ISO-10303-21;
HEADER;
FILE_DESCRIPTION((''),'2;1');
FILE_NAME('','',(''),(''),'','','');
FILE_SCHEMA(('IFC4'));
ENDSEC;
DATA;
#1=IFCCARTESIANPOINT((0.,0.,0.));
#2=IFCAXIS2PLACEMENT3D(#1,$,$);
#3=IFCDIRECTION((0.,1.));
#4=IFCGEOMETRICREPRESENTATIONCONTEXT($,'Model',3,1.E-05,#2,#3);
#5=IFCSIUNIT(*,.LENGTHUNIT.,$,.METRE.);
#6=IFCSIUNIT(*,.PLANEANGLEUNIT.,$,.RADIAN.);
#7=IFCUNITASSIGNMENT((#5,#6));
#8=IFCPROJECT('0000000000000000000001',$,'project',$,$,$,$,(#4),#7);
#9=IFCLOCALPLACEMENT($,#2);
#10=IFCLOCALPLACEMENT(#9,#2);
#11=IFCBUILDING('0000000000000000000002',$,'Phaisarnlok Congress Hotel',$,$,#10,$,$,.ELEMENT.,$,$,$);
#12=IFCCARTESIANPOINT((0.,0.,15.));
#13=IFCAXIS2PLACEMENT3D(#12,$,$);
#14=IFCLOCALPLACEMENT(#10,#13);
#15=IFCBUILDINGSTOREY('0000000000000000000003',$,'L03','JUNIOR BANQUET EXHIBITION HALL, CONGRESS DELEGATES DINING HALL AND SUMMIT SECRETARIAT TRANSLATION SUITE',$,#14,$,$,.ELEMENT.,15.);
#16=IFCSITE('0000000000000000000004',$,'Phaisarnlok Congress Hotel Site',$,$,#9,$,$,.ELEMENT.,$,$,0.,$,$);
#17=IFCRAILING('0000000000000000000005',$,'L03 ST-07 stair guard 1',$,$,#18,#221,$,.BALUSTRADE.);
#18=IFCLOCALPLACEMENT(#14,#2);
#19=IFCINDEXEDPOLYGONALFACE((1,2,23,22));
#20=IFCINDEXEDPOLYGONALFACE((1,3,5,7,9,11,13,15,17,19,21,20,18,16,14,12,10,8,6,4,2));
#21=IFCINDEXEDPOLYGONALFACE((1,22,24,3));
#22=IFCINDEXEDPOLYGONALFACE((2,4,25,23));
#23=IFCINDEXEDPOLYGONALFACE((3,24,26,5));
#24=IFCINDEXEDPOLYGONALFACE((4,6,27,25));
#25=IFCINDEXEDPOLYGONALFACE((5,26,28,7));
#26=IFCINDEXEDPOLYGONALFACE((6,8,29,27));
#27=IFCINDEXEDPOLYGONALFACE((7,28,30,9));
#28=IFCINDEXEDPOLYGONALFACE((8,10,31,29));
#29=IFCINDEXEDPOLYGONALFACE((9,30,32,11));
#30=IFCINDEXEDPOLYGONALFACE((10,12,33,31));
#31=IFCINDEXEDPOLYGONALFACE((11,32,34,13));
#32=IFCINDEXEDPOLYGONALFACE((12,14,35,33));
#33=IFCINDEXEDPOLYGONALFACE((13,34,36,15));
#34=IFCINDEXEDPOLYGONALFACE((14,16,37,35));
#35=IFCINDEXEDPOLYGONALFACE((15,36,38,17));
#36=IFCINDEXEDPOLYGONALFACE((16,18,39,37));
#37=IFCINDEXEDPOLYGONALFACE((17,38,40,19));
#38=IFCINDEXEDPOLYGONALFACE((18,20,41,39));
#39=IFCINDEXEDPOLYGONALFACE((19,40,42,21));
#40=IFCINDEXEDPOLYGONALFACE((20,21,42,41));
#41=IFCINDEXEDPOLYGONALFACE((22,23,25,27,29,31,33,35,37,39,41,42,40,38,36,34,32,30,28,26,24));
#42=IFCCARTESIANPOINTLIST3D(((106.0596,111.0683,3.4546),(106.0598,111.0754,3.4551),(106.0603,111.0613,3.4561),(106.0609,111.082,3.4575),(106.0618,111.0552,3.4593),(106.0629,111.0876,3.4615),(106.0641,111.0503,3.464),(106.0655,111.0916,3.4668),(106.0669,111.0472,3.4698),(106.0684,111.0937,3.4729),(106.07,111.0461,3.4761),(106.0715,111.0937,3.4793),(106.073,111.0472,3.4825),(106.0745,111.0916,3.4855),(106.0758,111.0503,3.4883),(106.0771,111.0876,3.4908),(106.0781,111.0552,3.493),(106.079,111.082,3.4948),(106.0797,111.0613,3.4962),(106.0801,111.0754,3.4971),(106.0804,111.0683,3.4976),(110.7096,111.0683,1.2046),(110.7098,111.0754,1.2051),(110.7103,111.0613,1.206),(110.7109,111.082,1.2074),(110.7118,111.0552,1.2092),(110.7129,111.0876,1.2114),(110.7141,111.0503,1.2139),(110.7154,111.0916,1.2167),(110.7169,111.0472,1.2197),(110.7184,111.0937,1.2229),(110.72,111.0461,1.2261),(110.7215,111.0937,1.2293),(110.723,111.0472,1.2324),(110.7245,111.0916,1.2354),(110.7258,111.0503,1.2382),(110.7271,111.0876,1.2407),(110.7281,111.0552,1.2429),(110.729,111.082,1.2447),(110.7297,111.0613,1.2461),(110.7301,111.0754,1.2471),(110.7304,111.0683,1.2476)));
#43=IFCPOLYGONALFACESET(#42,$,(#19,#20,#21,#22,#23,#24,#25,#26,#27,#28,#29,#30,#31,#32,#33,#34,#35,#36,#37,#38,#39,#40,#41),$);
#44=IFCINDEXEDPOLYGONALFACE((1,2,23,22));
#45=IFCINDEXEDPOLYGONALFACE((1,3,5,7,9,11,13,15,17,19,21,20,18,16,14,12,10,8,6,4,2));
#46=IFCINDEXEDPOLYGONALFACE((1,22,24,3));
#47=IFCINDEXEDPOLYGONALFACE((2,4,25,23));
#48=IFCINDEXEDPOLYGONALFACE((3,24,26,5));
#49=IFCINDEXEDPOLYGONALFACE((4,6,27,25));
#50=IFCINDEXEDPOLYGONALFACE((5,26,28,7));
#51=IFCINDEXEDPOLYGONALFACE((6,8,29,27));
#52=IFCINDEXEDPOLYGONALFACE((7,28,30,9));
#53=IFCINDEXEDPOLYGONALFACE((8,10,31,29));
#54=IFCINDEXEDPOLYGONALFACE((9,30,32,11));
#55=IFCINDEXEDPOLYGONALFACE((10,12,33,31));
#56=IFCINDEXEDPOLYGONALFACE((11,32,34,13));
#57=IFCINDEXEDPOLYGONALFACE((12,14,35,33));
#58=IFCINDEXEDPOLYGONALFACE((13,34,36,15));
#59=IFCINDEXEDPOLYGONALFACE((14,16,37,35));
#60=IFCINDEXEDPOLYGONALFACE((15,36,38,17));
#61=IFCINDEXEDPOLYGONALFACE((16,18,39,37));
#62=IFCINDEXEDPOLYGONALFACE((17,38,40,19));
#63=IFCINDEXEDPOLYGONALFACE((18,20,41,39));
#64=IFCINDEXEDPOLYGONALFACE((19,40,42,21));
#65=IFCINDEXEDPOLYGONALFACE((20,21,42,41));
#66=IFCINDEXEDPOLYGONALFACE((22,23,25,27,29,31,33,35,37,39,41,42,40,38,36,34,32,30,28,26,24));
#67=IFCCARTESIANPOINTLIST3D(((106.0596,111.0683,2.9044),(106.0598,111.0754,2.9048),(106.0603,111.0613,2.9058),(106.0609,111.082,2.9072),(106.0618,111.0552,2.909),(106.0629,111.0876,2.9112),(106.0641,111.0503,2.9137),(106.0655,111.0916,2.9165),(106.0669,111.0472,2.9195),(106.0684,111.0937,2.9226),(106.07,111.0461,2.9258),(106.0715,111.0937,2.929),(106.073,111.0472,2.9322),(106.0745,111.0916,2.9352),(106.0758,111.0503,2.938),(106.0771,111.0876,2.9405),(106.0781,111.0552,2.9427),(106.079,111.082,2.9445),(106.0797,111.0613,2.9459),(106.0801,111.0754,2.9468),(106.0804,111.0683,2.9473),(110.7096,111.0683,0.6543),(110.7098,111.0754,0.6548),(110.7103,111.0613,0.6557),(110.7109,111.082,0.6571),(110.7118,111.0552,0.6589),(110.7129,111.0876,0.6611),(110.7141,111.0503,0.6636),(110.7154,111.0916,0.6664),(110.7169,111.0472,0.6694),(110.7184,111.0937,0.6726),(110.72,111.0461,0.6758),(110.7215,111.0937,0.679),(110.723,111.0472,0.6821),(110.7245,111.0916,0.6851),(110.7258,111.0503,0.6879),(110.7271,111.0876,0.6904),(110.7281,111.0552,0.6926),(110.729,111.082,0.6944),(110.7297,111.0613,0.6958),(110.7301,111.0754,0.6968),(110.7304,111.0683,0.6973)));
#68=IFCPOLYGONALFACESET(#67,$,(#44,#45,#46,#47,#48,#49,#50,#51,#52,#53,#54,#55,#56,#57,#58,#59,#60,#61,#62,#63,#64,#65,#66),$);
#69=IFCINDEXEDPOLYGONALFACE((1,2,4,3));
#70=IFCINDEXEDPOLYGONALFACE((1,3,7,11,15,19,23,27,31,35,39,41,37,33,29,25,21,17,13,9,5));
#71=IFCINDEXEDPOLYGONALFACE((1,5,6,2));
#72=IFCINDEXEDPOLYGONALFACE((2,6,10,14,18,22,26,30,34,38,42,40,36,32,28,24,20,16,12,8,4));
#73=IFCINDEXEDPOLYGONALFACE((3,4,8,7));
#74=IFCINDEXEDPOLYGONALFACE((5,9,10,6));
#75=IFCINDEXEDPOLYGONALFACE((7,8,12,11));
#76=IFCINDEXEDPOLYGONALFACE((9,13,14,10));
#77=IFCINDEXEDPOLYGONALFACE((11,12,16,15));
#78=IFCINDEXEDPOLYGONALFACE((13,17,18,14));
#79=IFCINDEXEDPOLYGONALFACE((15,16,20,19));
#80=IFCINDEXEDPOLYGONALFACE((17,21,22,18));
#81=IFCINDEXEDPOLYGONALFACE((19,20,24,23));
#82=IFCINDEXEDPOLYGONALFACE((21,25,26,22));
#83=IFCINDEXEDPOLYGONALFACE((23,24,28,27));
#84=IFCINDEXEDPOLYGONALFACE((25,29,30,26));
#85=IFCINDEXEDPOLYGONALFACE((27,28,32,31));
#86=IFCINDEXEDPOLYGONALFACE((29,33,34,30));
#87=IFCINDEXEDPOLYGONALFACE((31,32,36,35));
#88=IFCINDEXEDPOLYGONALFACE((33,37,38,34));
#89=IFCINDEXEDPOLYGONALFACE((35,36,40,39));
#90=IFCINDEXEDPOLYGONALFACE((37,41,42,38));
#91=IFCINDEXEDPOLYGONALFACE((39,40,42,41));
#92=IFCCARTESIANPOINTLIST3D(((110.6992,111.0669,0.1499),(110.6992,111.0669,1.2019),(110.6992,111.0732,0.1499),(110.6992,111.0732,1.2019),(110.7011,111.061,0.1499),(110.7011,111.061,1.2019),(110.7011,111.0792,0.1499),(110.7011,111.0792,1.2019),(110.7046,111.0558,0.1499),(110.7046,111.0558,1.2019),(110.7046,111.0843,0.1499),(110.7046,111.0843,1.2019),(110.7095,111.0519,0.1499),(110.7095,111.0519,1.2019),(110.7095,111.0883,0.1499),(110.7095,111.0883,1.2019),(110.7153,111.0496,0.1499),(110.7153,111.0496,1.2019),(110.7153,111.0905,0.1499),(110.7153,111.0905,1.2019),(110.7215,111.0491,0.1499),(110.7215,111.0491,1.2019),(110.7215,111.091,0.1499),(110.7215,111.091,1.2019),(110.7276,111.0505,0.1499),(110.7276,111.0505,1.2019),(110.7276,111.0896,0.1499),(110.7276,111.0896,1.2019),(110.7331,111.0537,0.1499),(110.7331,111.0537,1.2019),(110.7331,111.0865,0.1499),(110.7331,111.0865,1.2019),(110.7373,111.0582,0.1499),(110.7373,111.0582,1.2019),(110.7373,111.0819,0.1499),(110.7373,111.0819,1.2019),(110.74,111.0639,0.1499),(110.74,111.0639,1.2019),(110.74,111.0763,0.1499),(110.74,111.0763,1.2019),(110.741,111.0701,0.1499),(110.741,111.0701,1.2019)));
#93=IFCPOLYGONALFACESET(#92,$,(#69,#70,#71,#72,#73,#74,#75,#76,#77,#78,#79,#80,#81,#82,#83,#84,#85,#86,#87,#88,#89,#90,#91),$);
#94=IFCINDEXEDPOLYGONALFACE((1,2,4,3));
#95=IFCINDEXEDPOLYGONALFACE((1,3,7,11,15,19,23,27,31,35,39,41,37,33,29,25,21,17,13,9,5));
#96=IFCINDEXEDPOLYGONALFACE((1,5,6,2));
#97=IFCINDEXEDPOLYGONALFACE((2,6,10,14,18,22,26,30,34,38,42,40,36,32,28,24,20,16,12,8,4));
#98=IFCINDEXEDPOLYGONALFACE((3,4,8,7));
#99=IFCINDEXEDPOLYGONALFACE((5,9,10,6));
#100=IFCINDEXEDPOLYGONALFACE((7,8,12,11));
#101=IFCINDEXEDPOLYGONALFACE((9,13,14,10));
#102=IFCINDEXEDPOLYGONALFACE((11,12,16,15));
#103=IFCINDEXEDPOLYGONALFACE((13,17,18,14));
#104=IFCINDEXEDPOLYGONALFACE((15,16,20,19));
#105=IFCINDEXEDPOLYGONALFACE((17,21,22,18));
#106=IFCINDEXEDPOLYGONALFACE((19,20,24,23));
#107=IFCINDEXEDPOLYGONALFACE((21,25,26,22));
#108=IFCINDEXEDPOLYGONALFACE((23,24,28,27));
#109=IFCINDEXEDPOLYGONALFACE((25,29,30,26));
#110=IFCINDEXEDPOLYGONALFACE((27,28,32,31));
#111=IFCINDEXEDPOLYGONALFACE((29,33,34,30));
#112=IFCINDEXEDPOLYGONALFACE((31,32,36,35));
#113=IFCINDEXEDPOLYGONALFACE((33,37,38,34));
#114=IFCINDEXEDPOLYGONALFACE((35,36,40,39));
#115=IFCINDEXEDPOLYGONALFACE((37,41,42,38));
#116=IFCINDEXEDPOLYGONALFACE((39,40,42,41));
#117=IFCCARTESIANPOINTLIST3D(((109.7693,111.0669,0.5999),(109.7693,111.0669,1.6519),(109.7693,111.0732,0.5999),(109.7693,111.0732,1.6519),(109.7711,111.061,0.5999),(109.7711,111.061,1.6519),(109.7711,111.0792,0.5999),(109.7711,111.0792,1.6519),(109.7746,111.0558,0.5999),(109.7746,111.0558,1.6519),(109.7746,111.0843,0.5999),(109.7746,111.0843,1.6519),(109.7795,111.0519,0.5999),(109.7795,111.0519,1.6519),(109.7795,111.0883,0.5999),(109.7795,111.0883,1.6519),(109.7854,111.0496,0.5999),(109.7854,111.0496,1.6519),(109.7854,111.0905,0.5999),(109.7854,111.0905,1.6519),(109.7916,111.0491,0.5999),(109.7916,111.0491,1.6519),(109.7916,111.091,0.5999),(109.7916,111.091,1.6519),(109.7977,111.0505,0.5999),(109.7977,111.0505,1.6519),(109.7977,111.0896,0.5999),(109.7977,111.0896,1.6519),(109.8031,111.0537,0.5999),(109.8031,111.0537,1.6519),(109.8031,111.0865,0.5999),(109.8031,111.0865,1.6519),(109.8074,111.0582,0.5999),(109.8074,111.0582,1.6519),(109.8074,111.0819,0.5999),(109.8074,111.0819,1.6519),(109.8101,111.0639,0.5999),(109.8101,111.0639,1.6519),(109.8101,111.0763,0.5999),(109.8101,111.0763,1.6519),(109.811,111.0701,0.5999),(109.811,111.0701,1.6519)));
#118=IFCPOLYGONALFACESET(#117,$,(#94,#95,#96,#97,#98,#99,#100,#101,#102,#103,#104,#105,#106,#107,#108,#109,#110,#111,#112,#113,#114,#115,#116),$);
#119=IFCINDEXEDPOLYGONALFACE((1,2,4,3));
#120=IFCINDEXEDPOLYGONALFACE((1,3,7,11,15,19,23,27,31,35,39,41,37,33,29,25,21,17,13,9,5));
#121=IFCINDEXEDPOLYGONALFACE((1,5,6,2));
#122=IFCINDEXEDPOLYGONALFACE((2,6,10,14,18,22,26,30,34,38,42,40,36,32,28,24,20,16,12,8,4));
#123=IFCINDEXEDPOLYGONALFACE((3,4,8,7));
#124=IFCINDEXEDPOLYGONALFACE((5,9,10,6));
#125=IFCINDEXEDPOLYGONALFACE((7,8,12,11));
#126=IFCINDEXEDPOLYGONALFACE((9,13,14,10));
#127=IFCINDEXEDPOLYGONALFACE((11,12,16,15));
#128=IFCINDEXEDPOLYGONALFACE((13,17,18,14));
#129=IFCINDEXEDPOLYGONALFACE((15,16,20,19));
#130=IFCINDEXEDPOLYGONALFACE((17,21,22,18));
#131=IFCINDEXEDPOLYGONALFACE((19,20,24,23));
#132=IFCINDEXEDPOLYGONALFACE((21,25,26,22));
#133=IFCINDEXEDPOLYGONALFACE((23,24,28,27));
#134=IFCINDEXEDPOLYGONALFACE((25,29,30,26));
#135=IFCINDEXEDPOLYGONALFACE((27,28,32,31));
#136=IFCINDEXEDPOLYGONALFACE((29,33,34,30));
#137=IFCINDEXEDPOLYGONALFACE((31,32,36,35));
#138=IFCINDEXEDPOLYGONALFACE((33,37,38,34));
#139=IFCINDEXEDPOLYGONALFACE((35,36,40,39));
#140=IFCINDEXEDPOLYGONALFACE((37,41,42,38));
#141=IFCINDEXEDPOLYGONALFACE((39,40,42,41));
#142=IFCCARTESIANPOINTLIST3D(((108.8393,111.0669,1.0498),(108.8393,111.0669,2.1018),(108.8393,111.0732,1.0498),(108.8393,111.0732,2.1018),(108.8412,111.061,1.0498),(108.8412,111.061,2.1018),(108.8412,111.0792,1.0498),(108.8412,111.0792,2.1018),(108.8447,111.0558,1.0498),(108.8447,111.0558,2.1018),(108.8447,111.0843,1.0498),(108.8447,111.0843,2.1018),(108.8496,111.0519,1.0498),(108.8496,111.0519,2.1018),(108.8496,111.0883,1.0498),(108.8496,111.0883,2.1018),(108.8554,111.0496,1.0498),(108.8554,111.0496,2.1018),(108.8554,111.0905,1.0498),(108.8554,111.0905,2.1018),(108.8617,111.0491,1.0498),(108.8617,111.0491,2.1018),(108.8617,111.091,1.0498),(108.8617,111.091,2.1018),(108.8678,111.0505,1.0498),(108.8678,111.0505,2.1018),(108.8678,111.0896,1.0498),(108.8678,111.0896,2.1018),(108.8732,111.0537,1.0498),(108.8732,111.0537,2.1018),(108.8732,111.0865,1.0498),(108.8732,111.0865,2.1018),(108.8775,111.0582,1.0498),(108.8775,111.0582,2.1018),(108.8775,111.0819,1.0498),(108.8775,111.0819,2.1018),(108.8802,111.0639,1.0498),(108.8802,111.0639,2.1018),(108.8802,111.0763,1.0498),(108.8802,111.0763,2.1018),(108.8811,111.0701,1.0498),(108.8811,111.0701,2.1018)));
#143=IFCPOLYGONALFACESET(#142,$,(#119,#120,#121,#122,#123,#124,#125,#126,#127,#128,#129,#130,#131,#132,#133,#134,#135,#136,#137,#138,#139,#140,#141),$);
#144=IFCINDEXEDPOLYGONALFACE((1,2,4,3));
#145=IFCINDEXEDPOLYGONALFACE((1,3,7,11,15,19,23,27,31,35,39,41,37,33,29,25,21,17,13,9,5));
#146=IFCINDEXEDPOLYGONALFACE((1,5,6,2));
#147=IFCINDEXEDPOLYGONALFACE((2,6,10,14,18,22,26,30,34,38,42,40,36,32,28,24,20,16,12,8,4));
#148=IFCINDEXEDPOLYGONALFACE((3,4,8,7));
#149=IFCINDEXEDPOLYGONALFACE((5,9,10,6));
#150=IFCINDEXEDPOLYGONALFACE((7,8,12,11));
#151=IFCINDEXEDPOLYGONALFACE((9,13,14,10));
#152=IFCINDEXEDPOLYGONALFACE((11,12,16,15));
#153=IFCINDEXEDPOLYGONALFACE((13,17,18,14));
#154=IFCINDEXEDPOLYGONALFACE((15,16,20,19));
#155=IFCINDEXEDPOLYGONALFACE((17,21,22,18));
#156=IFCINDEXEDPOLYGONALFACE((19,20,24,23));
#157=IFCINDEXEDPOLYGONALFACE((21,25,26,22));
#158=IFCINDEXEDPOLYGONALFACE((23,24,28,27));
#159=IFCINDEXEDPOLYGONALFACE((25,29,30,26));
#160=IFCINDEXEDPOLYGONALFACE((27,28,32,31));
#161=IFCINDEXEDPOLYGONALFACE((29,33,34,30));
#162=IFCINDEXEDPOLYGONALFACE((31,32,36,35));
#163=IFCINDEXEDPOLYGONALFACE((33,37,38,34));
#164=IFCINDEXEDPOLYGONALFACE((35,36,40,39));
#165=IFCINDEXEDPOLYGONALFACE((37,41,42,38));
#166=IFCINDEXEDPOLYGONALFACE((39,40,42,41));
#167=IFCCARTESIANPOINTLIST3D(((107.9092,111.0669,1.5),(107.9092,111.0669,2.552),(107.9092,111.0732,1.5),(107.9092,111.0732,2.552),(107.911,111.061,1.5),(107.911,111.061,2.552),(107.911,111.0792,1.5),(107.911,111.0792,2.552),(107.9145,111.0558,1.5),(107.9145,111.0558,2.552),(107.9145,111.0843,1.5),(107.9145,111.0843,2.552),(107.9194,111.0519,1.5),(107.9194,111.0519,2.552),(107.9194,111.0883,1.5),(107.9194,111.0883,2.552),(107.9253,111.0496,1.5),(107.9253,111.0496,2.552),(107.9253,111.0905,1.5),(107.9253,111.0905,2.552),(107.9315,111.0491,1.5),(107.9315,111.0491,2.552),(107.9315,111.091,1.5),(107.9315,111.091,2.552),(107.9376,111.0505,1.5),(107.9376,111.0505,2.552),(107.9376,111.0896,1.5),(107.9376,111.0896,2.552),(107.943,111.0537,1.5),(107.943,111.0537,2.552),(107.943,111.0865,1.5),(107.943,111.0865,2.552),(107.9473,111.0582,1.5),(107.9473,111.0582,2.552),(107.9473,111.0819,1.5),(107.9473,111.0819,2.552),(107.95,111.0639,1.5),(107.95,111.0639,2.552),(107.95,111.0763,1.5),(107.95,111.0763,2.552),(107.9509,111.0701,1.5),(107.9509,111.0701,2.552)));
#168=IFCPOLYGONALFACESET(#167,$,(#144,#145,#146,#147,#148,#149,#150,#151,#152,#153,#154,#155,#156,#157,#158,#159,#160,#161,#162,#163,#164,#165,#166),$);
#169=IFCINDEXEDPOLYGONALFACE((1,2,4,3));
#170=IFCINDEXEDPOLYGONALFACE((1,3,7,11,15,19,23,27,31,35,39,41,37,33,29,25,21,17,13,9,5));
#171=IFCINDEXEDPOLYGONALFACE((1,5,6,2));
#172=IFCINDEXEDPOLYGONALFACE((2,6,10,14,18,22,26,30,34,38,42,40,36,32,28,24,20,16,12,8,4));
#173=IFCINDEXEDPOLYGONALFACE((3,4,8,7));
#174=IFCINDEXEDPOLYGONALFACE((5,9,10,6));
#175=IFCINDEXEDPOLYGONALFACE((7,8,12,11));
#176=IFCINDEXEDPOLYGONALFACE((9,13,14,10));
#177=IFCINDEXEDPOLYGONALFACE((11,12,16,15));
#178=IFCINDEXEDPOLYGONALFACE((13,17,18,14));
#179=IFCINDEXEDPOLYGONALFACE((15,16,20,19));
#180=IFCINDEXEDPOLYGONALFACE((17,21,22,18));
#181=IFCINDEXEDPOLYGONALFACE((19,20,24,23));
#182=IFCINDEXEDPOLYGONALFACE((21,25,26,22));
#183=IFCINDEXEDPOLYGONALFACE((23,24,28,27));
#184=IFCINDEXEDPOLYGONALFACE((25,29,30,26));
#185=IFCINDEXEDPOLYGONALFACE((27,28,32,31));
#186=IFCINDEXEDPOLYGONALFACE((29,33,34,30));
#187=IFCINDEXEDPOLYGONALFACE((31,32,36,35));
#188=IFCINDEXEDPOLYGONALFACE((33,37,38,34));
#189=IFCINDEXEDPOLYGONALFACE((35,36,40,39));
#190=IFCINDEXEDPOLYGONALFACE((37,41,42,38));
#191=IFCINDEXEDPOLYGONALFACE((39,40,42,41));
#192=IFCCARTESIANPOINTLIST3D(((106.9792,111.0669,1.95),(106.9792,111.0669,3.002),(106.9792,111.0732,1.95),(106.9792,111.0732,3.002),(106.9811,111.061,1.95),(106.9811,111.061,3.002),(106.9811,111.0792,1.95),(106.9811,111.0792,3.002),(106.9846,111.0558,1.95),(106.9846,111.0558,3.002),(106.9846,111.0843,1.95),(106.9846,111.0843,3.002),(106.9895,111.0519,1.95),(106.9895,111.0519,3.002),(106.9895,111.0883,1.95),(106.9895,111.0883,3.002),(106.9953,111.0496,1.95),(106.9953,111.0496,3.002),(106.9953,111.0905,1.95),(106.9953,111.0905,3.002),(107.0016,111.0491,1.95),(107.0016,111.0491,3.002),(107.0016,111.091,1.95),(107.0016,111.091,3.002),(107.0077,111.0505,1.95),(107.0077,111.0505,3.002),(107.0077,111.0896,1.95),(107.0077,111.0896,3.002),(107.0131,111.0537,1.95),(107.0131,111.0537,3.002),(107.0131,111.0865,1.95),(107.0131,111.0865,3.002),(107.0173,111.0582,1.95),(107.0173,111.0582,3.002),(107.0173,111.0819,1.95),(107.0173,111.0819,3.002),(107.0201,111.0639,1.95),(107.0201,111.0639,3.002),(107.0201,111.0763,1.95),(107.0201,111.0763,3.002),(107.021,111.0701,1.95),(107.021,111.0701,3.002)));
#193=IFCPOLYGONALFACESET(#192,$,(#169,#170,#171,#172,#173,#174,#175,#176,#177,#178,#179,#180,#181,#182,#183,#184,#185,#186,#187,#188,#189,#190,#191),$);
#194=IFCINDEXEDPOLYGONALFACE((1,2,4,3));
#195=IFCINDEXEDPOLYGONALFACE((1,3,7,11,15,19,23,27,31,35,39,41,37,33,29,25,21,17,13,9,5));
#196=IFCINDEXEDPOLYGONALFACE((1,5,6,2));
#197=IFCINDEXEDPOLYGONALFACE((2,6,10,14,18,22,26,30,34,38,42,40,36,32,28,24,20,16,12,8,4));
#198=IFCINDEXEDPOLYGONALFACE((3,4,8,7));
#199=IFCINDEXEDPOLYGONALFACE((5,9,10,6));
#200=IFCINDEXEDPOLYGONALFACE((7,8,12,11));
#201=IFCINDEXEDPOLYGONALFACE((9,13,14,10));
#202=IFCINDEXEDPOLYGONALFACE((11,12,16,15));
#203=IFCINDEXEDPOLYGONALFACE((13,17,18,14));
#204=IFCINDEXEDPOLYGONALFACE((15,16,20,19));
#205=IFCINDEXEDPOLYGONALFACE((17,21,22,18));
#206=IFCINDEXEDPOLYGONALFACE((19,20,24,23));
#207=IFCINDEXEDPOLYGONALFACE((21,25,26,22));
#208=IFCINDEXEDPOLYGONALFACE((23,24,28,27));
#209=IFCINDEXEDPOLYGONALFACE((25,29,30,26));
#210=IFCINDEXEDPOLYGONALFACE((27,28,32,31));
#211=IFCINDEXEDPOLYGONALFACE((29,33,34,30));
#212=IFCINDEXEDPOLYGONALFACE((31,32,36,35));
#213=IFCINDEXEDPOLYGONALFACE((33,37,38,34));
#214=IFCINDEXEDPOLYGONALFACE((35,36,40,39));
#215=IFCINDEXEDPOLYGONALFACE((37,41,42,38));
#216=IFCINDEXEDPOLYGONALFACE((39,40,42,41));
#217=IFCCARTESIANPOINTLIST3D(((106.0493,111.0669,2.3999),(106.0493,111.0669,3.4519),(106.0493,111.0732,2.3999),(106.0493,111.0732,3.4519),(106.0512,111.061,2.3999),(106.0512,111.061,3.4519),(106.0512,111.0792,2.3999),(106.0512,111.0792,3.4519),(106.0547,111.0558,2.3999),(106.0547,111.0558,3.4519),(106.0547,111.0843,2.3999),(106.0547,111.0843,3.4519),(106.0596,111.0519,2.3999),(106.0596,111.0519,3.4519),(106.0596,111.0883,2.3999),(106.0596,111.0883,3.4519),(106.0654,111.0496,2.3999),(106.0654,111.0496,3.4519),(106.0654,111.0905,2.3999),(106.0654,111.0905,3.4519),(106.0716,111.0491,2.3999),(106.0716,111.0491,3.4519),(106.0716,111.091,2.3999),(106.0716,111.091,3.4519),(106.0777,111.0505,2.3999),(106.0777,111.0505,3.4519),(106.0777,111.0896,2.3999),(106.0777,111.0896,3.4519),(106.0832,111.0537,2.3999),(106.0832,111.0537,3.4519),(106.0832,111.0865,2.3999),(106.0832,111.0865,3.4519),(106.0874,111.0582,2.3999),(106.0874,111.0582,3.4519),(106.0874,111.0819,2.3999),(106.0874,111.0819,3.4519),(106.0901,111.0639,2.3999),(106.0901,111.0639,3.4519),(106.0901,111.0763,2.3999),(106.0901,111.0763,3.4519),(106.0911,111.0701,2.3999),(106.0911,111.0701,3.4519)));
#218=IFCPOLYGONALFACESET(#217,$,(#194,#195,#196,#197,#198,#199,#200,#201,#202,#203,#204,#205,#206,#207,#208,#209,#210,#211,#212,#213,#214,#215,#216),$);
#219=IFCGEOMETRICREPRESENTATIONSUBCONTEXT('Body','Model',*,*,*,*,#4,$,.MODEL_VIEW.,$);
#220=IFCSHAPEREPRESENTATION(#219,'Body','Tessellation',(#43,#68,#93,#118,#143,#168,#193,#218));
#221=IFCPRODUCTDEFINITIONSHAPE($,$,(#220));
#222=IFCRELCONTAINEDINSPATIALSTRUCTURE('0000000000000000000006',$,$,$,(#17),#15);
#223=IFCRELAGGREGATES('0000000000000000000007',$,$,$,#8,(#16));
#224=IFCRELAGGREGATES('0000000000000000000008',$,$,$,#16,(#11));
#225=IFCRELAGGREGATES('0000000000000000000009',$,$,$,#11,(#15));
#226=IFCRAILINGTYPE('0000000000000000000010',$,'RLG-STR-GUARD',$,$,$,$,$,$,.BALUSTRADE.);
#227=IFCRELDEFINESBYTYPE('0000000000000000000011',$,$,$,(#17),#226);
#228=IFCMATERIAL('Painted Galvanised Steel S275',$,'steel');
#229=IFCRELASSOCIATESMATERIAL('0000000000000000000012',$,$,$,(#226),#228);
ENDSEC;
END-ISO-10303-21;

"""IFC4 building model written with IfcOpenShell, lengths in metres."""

from ifc_helpers import new_model, si_unit, direction, frame, origin, origin_2d, place, context, subcontext, project, spatial, circle, extrude, material, type_object, element, save


model = new_model("IFC4")

# Units and contexts
model_context = context("Model", 3, precision=1e-05, world=origin(), true_north=direction((0.0, 1.0)))
body_context = subcontext(model_context, "Body", "Model", "MODEL_VIEW")
ifc_project = project(units=[si_unit("LENGTHUNIT", "METRE"), si_unit("PLANEANGLEUNIT", "RADIAN")], contexts=[model_context])

# Site, building, storey
site_placement = place(None, origin())
site = spatial("IfcSite", under=ifc_project, at=site_placement, Name="Phaisarnlok Congress Hotel Site", CompositionType="ELEMENT", RefElevation=0.0)
building_placement = place(site_placement, origin())
building = spatial("IfcBuilding", under=site, at=building_placement, Name="Phaisarnlok Congress Hotel", CompositionType="ELEMENT")
storey_placement = place(building_placement, frame((0.0, 0.0, 15.0)))
storey = spatial("IfcBuildingStorey", under=building, at=storey_placement, Name="L03", Description="JUNIOR BANQUET EXHIBITION HALL, CONGRESS DELEGATES DINING HALL AND SUMMIT SECRETARIAT TRANSLATION SUITE", CompositionType="ELEMENT", Elevation=15.0)

# Railing
ifc_material_1 = material(Name="Painted Galvanised Steel S275", Category="steel")
railing_type_1 = type_object("IfcRailingType", Name="RLG-STR-GUARD", PredefinedType="BALUSTRADE", material=ifc_material_1)
railing_1_placement = place(storey_placement, frame((110.72, 111.0701, 0.1499)))
element("IfcRailing", 1, at=railing_1_placement, inside=storey, type_object=railing_type_1, Name="L03 ST-07 stair guard 1", PredefinedType="BALUSTRADE", context=body_context, shape_type="SweptSolid", body=[
    extrude(circle(Radius=0.0239, at=origin_2d()), frame((0.0, 0.0, 1.0762), z_axis=(-0.900156, 0.0, 0.435568), x_axis=(0.0, -1.0, 0.0)), (0.0, 0.0, 1.0), 5.1658),
    extrude(circle(Radius=0.0239, at=origin_2d()), frame((0.0, 0.0, 0.5259), z_axis=(-0.900156, 0.0, 0.435568), x_axis=(0.0, -1.0, 0.0)), (0.0, 0.0, 1.0), 5.1658),
    extrude(circle(Radius=0.021, at=origin_2d()), origin(), (0.0, 0.0, 1.0), 1.052),
    extrude(circle(Radius=0.021, at=origin_2d()), frame((-0.9299, 0.0, 0.45)), (0.0, 0.0, 1.0), 1.052),
    extrude(circle(Radius=0.021, at=origin_2d()), frame((-1.8599, 0.0, 0.8999)), (0.0, 0.0, 1.0), 1.052),
    extrude(circle(Radius=0.021, at=origin_2d()), frame((-2.79, 0.0, 1.3501)), (0.0, 0.0, 1.0), 1.052),
    extrude(circle(Radius=0.021, at=origin_2d()), frame((-3.72, 0.0, 1.8)), (0.0, 0.0, 1.0), 1.052),
    extrude(circle(Radius=0.021, at=origin_2d()), frame((-4.6499, 0.0, 2.25)), (0.0, 0.0, 1.0), 1.052),
])

save(model, "model.ifc")
